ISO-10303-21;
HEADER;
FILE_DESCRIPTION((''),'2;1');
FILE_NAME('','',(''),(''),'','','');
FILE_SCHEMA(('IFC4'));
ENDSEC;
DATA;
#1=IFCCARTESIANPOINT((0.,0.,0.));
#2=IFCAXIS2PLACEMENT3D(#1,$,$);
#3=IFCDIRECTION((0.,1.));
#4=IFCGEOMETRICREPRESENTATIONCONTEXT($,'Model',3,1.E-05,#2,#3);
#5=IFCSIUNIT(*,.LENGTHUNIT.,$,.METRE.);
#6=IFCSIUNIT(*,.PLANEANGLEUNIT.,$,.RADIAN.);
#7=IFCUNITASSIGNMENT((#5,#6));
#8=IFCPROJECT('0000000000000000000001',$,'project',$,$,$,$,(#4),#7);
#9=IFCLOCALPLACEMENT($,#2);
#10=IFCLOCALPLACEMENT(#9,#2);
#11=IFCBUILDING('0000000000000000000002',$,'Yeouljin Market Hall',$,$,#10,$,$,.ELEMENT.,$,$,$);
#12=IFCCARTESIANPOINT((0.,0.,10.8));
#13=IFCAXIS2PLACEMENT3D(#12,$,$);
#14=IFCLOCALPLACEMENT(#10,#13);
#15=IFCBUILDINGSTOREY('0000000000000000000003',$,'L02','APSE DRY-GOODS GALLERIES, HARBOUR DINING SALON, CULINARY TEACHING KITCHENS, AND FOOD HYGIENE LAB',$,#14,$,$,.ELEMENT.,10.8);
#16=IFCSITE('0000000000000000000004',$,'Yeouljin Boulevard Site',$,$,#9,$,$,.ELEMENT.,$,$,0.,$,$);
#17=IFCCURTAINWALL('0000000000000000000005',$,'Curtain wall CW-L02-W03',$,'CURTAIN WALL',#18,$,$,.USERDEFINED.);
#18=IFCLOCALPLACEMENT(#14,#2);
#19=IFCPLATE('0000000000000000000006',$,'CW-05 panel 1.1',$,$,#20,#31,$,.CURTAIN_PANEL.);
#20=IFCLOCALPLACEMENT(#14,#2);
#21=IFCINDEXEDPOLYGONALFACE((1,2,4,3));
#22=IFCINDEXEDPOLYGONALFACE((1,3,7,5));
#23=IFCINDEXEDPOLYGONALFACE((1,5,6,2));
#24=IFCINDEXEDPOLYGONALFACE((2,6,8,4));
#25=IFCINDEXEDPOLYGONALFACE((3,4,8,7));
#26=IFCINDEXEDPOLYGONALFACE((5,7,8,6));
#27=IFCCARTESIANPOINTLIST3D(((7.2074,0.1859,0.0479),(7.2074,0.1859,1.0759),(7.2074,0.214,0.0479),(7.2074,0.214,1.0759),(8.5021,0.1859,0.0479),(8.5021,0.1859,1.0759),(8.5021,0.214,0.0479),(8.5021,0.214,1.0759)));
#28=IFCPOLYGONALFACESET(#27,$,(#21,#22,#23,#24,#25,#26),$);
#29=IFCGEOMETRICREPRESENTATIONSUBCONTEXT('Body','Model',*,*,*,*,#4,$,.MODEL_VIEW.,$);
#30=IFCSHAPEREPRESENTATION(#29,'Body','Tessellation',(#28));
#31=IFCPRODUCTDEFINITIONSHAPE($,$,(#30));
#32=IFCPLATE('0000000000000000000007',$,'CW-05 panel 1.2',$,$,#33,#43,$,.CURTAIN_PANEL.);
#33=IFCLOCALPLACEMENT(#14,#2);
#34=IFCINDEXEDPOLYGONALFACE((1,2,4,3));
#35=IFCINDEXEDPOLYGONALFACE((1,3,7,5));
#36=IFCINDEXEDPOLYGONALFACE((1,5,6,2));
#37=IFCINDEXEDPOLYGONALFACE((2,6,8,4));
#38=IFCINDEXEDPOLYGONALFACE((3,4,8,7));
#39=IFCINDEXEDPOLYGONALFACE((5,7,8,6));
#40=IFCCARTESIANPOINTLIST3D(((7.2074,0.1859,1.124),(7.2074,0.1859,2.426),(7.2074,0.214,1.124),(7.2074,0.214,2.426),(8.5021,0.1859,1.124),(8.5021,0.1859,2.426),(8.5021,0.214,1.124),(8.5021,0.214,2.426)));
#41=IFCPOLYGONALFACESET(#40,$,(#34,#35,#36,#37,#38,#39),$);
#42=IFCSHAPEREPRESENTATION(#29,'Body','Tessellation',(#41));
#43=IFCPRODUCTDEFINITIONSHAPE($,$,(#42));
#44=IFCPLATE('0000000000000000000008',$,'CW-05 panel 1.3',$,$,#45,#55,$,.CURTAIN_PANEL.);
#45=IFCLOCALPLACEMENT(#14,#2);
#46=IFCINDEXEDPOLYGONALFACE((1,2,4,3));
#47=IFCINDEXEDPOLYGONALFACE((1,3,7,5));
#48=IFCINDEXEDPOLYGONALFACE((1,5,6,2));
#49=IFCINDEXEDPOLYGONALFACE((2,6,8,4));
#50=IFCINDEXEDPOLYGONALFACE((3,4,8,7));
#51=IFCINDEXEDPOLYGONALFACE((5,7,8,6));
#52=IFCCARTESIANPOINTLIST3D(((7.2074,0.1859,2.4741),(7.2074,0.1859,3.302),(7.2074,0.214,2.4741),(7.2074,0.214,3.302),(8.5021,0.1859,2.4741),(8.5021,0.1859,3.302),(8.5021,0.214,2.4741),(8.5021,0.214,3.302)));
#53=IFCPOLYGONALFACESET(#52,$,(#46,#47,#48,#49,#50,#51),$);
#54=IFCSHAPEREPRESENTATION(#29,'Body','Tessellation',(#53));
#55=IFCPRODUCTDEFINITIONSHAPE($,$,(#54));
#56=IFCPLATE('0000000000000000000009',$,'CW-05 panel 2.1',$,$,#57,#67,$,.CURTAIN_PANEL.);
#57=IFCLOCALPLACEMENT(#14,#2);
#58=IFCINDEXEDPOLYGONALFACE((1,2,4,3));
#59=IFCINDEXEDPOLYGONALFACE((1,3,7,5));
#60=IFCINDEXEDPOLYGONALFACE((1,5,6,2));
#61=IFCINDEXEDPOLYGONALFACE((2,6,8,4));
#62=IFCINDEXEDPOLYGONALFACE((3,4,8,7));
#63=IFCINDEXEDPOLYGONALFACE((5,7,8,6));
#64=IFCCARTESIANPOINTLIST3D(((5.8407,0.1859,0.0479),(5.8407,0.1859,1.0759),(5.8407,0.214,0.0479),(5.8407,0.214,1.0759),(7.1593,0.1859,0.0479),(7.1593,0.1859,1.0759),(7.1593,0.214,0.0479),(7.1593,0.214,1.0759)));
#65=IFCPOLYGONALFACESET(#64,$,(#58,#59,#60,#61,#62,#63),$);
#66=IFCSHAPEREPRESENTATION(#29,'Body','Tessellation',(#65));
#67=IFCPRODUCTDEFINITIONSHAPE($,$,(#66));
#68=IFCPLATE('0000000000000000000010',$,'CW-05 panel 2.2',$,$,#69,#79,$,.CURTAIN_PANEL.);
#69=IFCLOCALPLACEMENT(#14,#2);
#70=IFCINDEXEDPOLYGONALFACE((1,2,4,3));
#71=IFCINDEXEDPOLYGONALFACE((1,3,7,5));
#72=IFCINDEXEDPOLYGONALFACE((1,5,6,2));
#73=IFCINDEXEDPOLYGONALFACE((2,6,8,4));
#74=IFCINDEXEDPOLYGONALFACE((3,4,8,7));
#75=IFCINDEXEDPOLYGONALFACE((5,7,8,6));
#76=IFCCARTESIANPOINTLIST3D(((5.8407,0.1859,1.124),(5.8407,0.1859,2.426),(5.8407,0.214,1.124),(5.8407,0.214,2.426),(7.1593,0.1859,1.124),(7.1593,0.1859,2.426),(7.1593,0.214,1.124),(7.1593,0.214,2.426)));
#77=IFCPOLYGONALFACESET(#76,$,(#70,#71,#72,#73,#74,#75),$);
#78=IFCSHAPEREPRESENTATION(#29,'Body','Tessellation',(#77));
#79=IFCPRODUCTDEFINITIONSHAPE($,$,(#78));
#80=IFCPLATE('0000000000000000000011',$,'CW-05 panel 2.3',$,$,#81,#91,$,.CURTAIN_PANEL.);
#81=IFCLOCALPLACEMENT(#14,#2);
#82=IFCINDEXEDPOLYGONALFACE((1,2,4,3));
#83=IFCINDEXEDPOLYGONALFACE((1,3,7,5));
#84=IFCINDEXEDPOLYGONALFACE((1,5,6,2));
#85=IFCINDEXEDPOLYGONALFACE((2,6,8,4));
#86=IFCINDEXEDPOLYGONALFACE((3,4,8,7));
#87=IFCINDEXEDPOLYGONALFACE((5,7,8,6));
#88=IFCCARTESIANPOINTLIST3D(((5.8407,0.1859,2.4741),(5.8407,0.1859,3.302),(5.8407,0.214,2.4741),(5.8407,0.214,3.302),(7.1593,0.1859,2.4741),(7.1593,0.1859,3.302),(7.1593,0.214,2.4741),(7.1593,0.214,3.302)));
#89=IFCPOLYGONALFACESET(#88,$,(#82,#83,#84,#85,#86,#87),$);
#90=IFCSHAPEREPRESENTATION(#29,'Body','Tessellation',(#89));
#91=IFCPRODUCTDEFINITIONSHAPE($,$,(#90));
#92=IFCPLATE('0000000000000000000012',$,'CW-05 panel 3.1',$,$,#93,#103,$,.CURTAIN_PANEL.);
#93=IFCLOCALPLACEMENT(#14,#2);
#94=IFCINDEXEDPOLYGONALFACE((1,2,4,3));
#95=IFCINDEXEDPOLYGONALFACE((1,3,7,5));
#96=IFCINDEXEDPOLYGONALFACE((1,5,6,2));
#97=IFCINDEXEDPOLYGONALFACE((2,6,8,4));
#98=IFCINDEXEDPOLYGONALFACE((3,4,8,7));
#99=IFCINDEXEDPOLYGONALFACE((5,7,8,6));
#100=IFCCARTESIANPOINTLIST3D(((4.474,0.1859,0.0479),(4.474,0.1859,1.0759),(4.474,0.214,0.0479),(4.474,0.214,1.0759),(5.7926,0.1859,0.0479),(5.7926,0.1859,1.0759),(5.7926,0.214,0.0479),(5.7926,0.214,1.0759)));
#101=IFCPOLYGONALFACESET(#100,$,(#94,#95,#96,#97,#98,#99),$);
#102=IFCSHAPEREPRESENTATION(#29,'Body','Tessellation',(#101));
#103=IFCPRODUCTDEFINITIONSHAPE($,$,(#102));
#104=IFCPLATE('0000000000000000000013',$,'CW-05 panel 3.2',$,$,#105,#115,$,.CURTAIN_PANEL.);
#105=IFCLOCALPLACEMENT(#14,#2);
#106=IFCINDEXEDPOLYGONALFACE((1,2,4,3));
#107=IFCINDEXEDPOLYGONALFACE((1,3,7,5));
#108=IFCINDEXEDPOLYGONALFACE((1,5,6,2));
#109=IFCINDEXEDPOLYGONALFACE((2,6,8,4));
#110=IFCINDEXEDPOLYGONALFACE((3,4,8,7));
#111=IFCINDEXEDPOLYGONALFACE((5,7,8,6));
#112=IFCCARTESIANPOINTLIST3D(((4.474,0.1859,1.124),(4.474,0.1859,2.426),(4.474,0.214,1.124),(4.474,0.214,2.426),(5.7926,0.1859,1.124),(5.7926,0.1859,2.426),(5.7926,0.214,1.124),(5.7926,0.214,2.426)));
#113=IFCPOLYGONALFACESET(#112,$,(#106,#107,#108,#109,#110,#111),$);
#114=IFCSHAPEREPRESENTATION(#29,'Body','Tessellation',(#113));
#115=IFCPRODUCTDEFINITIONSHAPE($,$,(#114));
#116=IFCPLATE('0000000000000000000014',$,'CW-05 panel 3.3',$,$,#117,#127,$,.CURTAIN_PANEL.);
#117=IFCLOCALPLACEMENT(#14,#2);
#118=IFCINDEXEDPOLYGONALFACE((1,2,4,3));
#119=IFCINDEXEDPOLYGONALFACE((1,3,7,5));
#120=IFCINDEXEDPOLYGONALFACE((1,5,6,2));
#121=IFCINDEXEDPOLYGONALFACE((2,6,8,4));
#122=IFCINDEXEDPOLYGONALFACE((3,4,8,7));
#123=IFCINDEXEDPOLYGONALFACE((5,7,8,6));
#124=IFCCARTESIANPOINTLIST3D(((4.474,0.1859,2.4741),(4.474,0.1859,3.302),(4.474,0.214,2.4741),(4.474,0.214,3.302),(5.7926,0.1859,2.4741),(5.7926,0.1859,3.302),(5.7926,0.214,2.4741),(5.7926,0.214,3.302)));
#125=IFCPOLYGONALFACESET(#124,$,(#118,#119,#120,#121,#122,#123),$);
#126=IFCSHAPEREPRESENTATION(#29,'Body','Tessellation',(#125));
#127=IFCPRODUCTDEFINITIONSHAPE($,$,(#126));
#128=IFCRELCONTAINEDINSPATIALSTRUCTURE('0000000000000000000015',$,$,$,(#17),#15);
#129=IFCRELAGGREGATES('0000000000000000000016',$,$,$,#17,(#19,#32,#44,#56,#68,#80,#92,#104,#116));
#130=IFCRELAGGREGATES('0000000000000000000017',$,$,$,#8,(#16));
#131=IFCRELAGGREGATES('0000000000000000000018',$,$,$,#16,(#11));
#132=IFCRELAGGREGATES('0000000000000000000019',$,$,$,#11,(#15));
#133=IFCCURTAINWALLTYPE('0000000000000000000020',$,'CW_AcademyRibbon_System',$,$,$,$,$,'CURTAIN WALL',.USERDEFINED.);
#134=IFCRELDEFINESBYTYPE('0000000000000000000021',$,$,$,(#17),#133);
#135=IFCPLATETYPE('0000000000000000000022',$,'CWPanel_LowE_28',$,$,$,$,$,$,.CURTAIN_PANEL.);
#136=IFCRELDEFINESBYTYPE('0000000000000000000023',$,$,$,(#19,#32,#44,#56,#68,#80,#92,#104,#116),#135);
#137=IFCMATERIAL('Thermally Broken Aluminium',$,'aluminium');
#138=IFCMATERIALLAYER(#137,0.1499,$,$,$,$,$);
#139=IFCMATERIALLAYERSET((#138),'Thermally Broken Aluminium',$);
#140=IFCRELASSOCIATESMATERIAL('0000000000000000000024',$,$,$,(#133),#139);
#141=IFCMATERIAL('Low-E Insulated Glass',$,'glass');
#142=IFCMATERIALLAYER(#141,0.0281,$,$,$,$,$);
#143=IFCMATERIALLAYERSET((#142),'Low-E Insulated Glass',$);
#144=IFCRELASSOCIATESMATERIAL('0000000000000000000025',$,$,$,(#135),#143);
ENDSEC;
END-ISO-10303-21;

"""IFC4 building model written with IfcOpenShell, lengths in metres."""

from ifc_helpers import new_model, si_unit, direction, frame, origin, origin_2d, place, context, subcontext, project, spatial, rectangle, extrude, material, layer, layer_set, type_object, element, aggregate, save


model = new_model("IFC4")

# Units and contexts
model_context = context("Model", 3, precision=1e-05, world=origin(), true_north=direction((0.0, 1.0)))
body_context = subcontext(model_context, "Body", "Model", "MODEL_VIEW")
ifc_project = project(units=[si_unit("LENGTHUNIT", "METRE"), si_unit("PLANEANGLEUNIT", "RADIAN")], contexts=[model_context])

# Site, building, storey
site_placement = place(None, origin())
site = spatial("IfcSite", under=ifc_project, at=site_placement, Name="Yeouljin Boulevard Site", CompositionType="ELEMENT", RefElevation=0.0)
building_placement = place(site_placement, origin())
building = spatial("IfcBuilding", under=site, at=building_placement, Name="Yeouljin Market Hall", CompositionType="ELEMENT")
storey_placement = place(building_placement, frame((0.0, 0.0, 10.8)))
storey = spatial("IfcBuildingStorey", under=building, at=storey_placement, Name="L02", Description="APSE DRY-GOODS GALLERIES, HARBOUR DINING SALON, CULINARY TEACHING KITCHENS, AND FOOD HYGIENE LAB", CompositionType="ELEMENT", Elevation=10.8)

# Curtain wall
ifc_material_1 = material(Name="Thermally Broken Aluminium", Category="aluminium")
ifc_layer_1 = layer(ifc_material_1, 0.1499)
ifc_layer_set_1 = layer_set([ifc_layer_1], Name="Thermally Broken Aluminium")
curtain_wall_type = type_object("IfcCurtainWallType", Name="CW_AcademyRibbon_System", ElementType="CURTAIN WALL", PredefinedType="USERDEFINED", material=ifc_layer_set_1)
curtain_wall_placement = place(storey_placement, origin())
curtain_wall = element("IfcCurtainWall", 1, at=curtain_wall_placement, inside=storey, type_object=curtain_wall_type, Name="Curtain wall CW-L02-W03", ObjectType="CURTAIN WALL", PredefinedType="USERDEFINED")

# Plates
ifc_material_2 = material(Name="Low-E Insulated Glass", Category="glass")
ifc_layer_2 = layer(ifc_material_2, 0.0281)
ifc_layer_set_2 = layer_set([ifc_layer_2], Name="Low-E Insulated Glass")
plate_type = type_object("IfcPlateType", Name="CWPanel_LowE_28", PredefinedType="CURTAIN_PANEL", material=ifc_layer_set_2)
plate_1_placement = place(storey_placement, frame((7.8547, 0.2, 0.0479), z_axis=(0.0, 0.0, 1.0), x_axis=(-1.0, 0.0, 0.0)))
plate_1 = element("IfcPlate", 2, at=plate_1_placement, type_object=plate_type, Name="CW-05 panel 1.1", PredefinedType="CURTAIN_PANEL", context=body_context, shape_type="SweptSolid", body=[
    extrude(rectangle(XDim=1.2947, YDim=0.0281, at=origin_2d()), origin(), (0.0, 0.0, 1.0), 1.0281),
])
plate_2_placement = place(storey_placement, frame((7.8547, 0.2, 1.124), z_axis=(0.0, 0.0, 1.0), x_axis=(-1.0, 0.0, 0.0)))
plate_2 = element("IfcPlate", 3, at=plate_2_placement, type_object=plate_type, Name="CW-05 panel 1.2", PredefinedType="CURTAIN_PANEL", context=body_context, shape_type="SweptSolid", body=[
    extrude(rectangle(XDim=1.2947, YDim=0.0281, at=origin_2d()), origin(), (0.0, 0.0, 1.0), 1.302),
])
plate_3_placement = place(storey_placement, frame((7.8547, 0.2, 2.4741), z_axis=(0.0, 0.0, 1.0), x_axis=(-1.0, 0.0, 0.0)))
plate_3 = element("IfcPlate", 4, at=plate_3_placement, type_object=plate_type, Name="CW-05 panel 1.3", PredefinedType="CURTAIN_PANEL", context=body_context, shape_type="SweptSolid", body=[
    extrude(rectangle(XDim=1.2947, YDim=0.0281, at=origin_2d()), origin(), (0.0, 0.0, 1.0), 0.8279),
])
plate_4_placement = place(storey_placement, frame((6.5, 0.2, 0.0479), z_axis=(0.0, 0.0, 1.0), x_axis=(-1.0, 0.0, 0.0)))
plate_4 = element("IfcPlate", 5, at=plate_4_placement, type_object=plate_type, Name="CW-05 panel 2.1", PredefinedType="CURTAIN_PANEL", context=body_context, shape_type="SweptSolid", body=[
    extrude(rectangle(XDim=1.3186, YDim=0.0281, at=origin_2d()), origin(), (0.0, 0.0, 1.0), 1.0281),
])
plate_5_placement = place(storey_placement, frame((6.5, 0.2, 1.124), z_axis=(0.0, 0.0, 1.0), x_axis=(-1.0, 0.0, 0.0)))
plate_5 = element("IfcPlate", 6, at=plate_5_placement, type_object=plate_type, Name="CW-05 panel 2.2", PredefinedType="CURTAIN_PANEL", context=body_context, shape_type="SweptSolid", body=[
    extrude(rectangle(XDim=1.3186, YDim=0.0281, at=origin_2d()), origin(), (0.0, 0.0, 1.0), 1.302),
])
plate_6_placement = place(storey_placement, frame((6.5, 0.2, 2.4741), z_axis=(0.0, 0.0, 1.0), x_axis=(-1.0, 0.0, 0.0)))
plate_6 = element("IfcPlate", 7, at=plate_6_placement, type_object=plate_type, Name="CW-05 panel 2.3", PredefinedType="CURTAIN_PANEL", context=body_context, shape_type="SweptSolid", body=[
    extrude(rectangle(XDim=1.3186, YDim=0.0281, at=origin_2d()), origin(), (0.0, 0.0, 1.0), 0.8279),
])
plate_7_placement = place(storey_placement, frame((5.1333, 0.2, 0.0479), z_axis=(0.0, 0.0, 1.0), x_axis=(-1.0, 0.0, 0.0)))
plate_7 = element("IfcPlate", 8, at=plate_7_placement, type_object=plate_type, Name="CW-05 panel 3.1", PredefinedType="CURTAIN_PANEL", context=body_context, shape_type="SweptSolid", body=[
    extrude(rectangle(XDim=1.3186, YDim=0.0281, at=origin_2d()), origin(), (0.0, 0.0, 1.0), 1.0281),
])
plate_8_placement = place(storey_placement, frame((5.1333, 0.2, 1.124), z_axis=(0.0, 0.0, 1.0), x_axis=(-1.0, 0.0, 0.0)))
plate_8 = element("IfcPlate", 9, at=plate_8_placement, type_object=plate_type, Name="CW-05 panel 3.2", PredefinedType="CURTAIN_PANEL", context=body_context, shape_type="SweptSolid", body=[
    extrude(rectangle(XDim=1.3186, YDim=0.0281, at=origin_2d()), origin(), (0.0, 0.0, 1.0), 1.302),
])
plate_9_placement = place(storey_placement, frame((5.1333, 0.2, 2.4741), z_axis=(0.0, 0.0, 1.0), x_axis=(-1.0, 0.0, 0.0)))
plate_9 = element("IfcPlate", 10, at=plate_9_placement, type_object=plate_type, Name="CW-05 panel 3.3", PredefinedType="CURTAIN_PANEL", context=body_context, shape_type="SweptSolid", body=[
    extrude(rectangle(XDim=1.3186, YDim=0.0281, at=origin_2d()), origin(), (0.0, 0.0, 1.0), 0.8279),
])
aggregate(curtain_wall, [plate_1, plate_2, plate_3, plate_4, plate_5, plate_6, plate_7, plate_8, plate_9])

save(model, "model.ifc")
